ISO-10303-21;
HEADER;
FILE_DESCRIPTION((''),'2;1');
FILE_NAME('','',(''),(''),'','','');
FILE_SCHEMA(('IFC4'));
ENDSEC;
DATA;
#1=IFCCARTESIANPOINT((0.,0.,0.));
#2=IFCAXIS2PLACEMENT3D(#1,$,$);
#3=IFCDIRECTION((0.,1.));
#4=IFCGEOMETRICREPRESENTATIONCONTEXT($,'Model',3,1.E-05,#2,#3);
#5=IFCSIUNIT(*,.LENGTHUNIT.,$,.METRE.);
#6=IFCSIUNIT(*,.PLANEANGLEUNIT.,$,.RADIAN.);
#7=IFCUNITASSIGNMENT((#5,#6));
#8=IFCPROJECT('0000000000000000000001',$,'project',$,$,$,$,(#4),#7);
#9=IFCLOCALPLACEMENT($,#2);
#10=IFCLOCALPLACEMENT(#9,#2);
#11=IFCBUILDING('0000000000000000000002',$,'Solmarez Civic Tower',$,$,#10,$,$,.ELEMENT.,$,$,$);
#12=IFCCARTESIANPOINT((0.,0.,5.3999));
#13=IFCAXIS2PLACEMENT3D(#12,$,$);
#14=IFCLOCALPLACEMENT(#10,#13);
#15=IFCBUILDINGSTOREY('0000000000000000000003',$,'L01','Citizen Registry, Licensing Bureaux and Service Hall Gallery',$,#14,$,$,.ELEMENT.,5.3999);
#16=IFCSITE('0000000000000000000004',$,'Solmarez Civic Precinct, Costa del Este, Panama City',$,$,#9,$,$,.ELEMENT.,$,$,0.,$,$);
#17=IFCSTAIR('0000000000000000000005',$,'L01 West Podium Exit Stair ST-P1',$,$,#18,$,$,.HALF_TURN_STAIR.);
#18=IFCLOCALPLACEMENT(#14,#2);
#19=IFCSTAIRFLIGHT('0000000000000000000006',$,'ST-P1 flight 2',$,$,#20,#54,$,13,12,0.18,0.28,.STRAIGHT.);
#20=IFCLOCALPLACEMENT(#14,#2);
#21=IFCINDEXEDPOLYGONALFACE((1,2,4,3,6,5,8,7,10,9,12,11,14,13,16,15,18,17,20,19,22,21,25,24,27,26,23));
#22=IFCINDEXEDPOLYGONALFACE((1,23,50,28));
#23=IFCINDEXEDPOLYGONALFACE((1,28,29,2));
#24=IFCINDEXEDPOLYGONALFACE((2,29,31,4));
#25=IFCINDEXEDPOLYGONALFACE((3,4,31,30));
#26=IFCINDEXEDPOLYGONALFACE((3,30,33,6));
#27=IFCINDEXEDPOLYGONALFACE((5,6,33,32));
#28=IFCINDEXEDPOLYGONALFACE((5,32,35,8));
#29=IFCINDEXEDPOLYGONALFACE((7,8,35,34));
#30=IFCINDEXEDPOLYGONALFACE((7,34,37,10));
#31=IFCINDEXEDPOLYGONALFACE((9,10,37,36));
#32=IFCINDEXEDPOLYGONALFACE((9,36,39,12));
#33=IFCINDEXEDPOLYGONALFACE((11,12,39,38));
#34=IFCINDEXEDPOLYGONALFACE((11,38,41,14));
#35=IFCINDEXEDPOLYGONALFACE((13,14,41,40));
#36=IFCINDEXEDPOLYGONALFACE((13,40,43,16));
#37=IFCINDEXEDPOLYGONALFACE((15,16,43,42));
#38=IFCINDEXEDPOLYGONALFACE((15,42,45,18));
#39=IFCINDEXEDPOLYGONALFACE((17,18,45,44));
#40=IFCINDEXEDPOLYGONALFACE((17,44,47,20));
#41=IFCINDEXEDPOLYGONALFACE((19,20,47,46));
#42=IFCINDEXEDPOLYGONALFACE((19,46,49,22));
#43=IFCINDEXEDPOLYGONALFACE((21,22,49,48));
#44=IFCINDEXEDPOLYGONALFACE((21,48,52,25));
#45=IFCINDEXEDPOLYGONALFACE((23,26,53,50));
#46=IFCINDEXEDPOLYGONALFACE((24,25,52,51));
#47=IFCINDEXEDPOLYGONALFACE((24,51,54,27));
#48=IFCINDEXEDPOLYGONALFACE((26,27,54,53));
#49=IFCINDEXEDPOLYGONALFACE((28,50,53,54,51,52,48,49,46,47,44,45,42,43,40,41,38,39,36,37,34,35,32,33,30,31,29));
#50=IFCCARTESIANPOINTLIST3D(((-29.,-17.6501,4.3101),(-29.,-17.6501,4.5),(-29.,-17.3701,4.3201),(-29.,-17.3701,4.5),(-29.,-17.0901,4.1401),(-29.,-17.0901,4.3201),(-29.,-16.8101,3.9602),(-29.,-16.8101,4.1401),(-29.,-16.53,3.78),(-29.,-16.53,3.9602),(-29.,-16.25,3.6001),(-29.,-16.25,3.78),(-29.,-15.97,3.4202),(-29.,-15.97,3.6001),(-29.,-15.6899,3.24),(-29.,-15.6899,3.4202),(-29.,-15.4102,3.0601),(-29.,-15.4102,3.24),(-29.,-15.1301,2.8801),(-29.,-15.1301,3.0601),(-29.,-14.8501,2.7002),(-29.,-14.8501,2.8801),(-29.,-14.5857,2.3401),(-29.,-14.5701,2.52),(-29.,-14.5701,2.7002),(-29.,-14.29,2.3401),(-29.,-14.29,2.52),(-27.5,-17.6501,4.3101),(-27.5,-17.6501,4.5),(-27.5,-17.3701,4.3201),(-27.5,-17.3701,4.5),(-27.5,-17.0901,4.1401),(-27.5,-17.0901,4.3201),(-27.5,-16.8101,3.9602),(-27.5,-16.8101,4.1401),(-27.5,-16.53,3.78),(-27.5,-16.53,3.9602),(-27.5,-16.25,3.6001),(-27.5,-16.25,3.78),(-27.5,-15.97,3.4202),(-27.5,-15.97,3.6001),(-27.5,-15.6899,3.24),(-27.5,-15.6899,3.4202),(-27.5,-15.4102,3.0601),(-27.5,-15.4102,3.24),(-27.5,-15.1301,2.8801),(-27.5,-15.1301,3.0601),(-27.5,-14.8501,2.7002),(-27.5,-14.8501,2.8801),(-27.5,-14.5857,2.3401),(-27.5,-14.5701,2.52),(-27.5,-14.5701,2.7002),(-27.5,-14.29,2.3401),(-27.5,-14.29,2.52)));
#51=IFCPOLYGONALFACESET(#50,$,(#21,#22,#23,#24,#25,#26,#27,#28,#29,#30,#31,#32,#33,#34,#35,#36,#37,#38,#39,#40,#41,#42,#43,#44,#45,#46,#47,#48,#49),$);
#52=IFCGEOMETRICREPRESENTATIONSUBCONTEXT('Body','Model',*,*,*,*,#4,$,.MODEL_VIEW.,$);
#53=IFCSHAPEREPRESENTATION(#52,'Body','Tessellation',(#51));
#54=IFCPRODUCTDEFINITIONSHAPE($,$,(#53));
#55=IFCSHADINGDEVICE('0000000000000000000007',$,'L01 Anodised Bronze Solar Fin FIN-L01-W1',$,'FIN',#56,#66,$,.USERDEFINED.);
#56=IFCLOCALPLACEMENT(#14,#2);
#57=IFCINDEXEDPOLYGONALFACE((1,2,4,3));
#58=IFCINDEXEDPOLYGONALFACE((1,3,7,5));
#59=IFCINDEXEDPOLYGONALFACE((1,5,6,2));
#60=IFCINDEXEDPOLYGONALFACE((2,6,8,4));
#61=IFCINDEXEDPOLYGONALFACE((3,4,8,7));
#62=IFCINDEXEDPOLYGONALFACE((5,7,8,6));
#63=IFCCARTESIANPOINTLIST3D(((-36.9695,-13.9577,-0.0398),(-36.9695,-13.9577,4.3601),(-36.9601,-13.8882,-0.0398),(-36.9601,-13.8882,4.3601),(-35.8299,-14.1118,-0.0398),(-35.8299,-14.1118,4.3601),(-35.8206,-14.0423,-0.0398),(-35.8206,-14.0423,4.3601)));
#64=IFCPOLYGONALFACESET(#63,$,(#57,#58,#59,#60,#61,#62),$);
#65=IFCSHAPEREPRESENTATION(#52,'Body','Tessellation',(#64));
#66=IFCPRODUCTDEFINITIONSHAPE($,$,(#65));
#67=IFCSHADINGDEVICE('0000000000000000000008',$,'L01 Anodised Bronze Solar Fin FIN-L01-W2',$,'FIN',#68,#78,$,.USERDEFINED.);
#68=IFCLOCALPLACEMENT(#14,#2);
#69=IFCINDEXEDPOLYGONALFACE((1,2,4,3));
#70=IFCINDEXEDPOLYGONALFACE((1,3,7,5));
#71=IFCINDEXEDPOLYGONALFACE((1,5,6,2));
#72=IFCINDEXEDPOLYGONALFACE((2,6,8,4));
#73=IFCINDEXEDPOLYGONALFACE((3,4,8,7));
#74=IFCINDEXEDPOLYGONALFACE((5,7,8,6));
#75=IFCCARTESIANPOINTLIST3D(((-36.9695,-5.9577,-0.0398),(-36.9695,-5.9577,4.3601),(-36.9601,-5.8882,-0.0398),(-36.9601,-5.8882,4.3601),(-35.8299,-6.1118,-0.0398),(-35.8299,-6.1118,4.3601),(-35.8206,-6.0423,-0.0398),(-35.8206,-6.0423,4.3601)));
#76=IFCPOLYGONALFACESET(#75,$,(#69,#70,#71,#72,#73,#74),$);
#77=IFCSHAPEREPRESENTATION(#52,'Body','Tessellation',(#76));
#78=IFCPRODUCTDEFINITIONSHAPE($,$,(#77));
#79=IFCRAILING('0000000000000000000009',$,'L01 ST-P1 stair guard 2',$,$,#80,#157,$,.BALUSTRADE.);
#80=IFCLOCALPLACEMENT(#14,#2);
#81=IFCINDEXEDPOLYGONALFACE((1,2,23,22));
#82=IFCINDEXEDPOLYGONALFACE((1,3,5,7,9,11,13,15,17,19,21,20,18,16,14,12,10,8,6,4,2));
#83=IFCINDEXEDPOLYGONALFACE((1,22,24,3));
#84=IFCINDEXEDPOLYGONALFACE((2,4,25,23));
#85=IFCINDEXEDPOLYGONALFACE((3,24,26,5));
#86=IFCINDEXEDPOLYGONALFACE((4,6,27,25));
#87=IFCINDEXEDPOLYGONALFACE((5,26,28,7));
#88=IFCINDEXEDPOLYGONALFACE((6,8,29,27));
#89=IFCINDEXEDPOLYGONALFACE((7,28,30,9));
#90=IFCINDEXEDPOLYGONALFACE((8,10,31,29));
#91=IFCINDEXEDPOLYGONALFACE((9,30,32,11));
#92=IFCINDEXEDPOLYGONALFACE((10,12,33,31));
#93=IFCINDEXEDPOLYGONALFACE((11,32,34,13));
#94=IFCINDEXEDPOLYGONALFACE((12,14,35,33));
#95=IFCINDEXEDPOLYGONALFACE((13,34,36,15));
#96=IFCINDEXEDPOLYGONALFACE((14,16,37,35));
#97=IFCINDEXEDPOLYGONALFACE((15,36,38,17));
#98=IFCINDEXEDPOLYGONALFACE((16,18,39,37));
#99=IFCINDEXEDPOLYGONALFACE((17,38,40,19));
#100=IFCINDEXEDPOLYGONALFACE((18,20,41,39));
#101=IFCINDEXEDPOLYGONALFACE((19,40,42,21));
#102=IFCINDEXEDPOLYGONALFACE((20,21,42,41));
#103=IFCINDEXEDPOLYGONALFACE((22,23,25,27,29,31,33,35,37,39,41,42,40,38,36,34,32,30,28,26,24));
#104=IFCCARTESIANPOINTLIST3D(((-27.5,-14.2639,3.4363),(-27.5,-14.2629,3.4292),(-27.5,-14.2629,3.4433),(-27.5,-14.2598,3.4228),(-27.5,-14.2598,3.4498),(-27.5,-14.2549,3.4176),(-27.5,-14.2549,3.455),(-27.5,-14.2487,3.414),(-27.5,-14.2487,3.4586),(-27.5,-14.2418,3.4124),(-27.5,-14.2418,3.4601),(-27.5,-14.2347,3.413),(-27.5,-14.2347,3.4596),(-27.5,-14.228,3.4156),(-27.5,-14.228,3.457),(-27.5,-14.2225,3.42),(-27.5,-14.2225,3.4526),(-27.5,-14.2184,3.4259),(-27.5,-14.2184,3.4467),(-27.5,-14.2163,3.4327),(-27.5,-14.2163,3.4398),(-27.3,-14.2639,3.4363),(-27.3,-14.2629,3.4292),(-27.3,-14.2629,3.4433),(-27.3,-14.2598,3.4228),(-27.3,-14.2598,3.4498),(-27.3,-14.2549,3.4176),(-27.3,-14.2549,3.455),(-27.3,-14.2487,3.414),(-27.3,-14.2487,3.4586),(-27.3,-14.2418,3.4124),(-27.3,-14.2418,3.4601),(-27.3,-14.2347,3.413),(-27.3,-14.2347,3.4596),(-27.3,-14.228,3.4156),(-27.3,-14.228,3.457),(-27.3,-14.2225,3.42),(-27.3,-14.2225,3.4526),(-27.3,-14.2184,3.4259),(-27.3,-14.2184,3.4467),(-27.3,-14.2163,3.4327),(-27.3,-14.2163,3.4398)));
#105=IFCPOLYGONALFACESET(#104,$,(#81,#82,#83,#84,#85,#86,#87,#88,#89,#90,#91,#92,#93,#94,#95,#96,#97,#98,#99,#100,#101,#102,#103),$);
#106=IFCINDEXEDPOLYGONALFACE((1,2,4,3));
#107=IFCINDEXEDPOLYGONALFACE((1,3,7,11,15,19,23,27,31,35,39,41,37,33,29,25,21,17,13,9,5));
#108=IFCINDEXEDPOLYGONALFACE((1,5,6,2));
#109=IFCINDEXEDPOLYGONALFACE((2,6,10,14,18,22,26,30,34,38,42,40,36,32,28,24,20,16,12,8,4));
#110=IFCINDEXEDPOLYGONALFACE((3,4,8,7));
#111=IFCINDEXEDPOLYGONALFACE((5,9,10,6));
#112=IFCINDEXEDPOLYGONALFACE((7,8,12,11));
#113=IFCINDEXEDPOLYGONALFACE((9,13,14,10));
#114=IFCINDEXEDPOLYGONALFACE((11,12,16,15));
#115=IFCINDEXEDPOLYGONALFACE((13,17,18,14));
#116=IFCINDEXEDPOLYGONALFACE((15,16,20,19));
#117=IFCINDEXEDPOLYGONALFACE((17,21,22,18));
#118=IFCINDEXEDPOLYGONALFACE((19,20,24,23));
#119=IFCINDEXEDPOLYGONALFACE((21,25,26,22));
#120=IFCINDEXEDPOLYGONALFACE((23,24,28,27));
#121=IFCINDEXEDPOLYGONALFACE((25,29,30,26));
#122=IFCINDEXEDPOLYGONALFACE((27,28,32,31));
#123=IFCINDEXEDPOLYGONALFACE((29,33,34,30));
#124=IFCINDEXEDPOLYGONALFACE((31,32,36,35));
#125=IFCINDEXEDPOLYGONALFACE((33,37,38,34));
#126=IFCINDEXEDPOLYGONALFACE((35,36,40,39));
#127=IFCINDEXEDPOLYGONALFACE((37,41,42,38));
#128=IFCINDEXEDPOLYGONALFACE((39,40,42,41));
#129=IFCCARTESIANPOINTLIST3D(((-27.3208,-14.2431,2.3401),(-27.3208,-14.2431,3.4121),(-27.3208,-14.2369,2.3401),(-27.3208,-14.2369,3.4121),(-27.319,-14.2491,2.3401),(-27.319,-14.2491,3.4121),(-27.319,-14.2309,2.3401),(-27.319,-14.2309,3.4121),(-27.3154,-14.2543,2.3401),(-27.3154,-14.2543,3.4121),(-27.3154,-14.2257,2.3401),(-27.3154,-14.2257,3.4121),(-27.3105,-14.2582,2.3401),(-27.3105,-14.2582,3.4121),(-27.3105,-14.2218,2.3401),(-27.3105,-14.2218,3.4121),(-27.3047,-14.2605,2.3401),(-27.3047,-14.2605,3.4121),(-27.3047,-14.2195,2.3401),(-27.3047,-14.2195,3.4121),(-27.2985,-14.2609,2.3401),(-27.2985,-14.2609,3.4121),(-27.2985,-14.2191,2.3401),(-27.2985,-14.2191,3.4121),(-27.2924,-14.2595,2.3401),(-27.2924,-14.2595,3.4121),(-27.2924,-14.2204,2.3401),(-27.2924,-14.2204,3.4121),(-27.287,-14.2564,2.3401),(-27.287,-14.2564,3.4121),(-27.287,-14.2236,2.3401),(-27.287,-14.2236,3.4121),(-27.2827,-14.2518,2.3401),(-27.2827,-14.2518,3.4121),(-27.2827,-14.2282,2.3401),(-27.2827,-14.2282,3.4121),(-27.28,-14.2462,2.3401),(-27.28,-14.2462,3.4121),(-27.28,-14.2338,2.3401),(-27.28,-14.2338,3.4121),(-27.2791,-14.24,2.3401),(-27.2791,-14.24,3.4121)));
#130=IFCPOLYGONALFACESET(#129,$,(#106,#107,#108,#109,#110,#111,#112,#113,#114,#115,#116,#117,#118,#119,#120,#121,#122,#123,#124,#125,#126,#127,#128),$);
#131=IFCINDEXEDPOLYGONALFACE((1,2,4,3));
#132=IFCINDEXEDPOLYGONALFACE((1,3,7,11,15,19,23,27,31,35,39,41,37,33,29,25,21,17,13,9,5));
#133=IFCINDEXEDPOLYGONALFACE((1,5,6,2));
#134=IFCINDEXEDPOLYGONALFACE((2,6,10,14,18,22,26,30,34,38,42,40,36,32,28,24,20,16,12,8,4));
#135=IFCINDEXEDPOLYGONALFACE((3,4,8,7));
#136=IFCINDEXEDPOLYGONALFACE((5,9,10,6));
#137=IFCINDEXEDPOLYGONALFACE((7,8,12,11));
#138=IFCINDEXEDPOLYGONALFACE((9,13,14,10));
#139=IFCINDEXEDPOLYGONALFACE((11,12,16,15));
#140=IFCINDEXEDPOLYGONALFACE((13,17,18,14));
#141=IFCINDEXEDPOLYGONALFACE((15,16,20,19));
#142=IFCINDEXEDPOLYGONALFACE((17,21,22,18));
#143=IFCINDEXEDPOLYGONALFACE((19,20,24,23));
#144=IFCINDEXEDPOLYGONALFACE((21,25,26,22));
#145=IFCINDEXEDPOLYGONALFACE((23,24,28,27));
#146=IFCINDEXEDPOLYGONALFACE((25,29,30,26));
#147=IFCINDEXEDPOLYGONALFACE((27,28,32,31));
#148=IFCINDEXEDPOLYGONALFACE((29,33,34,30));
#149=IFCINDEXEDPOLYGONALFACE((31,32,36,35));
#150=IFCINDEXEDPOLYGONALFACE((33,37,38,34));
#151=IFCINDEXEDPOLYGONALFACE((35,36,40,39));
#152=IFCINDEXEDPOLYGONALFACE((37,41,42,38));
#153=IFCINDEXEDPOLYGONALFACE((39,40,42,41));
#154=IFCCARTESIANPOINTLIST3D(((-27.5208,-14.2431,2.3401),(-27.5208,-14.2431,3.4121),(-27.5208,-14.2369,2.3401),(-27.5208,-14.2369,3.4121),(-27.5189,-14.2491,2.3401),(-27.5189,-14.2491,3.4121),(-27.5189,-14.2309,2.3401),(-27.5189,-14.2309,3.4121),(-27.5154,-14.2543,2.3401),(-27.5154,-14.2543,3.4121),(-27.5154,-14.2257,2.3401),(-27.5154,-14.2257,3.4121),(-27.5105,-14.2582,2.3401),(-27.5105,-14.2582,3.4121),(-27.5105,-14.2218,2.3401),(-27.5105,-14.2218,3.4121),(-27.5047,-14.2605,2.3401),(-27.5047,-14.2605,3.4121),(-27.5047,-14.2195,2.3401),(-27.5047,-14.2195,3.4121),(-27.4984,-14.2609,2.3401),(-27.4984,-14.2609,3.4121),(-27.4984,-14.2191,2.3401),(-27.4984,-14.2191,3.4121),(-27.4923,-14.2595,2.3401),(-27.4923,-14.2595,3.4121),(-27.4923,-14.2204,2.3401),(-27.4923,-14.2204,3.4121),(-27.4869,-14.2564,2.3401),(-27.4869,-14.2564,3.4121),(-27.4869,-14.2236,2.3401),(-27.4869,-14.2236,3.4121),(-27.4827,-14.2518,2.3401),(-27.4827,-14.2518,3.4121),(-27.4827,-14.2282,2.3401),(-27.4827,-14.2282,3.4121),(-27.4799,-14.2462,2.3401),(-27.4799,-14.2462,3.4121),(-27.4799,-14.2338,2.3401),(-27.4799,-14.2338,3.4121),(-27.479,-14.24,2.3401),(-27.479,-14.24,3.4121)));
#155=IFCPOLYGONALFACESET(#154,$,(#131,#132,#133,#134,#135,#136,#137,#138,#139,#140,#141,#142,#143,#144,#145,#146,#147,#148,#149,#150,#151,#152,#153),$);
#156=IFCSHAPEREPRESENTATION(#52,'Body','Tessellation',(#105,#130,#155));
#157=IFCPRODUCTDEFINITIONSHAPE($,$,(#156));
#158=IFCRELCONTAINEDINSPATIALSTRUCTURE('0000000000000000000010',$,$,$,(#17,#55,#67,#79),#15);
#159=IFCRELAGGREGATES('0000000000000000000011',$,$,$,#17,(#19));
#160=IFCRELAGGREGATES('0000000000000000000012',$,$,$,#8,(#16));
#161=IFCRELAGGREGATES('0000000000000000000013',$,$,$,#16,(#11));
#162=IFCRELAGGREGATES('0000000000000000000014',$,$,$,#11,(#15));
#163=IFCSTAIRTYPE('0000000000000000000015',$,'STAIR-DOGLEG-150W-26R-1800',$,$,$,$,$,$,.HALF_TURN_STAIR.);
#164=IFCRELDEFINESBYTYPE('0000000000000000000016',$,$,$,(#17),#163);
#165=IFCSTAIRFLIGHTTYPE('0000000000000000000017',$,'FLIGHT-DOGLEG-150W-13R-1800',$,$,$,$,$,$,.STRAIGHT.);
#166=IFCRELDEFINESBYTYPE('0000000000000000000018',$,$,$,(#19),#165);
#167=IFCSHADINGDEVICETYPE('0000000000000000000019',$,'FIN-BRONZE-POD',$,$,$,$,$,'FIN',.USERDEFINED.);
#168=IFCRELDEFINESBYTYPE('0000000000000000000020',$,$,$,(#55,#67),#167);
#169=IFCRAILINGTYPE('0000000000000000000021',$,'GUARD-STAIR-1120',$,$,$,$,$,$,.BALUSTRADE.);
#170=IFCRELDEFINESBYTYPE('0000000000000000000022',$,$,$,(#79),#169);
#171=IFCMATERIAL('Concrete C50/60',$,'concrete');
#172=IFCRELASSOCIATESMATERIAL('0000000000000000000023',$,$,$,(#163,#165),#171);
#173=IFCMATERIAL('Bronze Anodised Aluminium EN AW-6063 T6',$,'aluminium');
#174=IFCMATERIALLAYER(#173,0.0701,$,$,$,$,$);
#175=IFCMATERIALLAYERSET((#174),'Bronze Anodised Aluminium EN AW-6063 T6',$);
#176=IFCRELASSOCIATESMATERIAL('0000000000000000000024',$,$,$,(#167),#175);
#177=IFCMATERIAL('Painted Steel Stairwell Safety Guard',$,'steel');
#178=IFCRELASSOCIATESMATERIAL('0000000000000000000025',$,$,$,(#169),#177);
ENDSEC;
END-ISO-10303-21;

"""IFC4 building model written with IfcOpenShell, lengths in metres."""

from ifc_helpers import new_model, si_unit, direction, frame, origin, origin_2d, place, context, subcontext, project, spatial, polyline, rectangle, circle, outline, extrude, material, layer, layer_set, type_object, element, aggregate, save


model = new_model("IFC4")

# Units and contexts
model_context = context("Model", 3, precision=1e-05, world=origin(), true_north=direction((0.0, 1.0)))
body_context = subcontext(model_context, "Body", "Model", "MODEL_VIEW")
ifc_project = project(units=[si_unit("LENGTHUNIT", "METRE"), si_unit("PLANEANGLEUNIT", "RADIAN")], contexts=[model_context])

# Site, building, storey
site_placement = place(None, origin())
site = spatial("IfcSite", under=ifc_project, at=site_placement, Name="Solmarez Civic Precinct, Costa del Este, Panama City", CompositionType="ELEMENT", RefElevation=0.0)
building_placement = place(site_placement, origin())
building = spatial("IfcBuilding", under=site, at=building_placement, Name="Solmarez Civic Tower", CompositionType="ELEMENT")
storey_placement = place(building_placement, frame((0.0, 0.0, 5.3999)))
storey = spatial("IfcBuildingStorey", under=building, at=storey_placement, Name="L01", Description="Citizen Registry, Licensing Bureaux and Service Hall Gallery", CompositionType="ELEMENT", Elevation=5.3999)

# Shared definitions
ifc_material_1 = material(Name="Concrete C50/60", Category="concrete")

# Stair, stair flight
stair_type = type_object("IfcStairType", Name="STAIR-DOGLEG-150W-26R-1800", PredefinedType="HALF_TURN_STAIR", material=ifc_material_1)
stair_placement = place(storey_placement, origin())
stair = element("IfcStair", 1, at=stair_placement, inside=storey, type_object=stair_type, Name="L01 West Podium Exit Stair ST-P1", PredefinedType="HALF_TURN_STAIR")
stair_flight_type = type_object("IfcStairFlightType", Name="FLIGHT-DOGLEG-150W-13R-1800", PredefinedType="STRAIGHT", material=ifc_material_1)
stair_flight_placement = place(storey_placement, frame((-28.25, -14.29, 2.3401), z_axis=(0.0, 0.0, 1.0), x_axis=(0.0, -1.0, 0.0)))
stair_flight = element("IfcStairFlight", 2, at=stair_flight_placement, type_object=stair_flight_type, Name="ST-P1 flight 2", NumberOfRisers=13, NumberOfTreads=12, PredefinedType="STRAIGHT", RiserHeight=0.18, TreadLength=0.28, context=body_context, shape_type="SweptSolid", body=[
    extrude(outline(polyline([(0.0, 0.0), (0.0, 0.1799), (0.28, 0.1799), (0.28, 0.3601), (0.5601, 0.3601), (0.5601, 0.54), (0.8401, 0.54), (0.8401, 0.72), (1.1201, 0.72), (1.1201, 0.8999), (1.3999, 0.8999), (1.3999, 1.0801), (1.6799, 1.0801), (1.6799, 1.26), (1.96, 1.26), (1.96, 1.4399), (2.24, 1.4399), (2.24, 1.6201), (2.52, 1.6201), (2.52, 1.8), (2.8, 1.8), (2.8, 1.98), (3.0801, 1.98), (3.0801, 2.1599), (3.3601, 2.1599), (3.3601, 2.3401), (3.3601, 1.97), (0.2957, 0.0), (0.0, 0.0)])), frame((0.0, 0.75, 0.0), z_axis=(0.0, -1.0, 0.0), x_axis=(1.0, 0.0, 0.0)), (0.0, 0.0, 1.0), 1.5),
])
aggregate(stair, [stair_flight])

# Shading devices
ifc_material_2 = material(Name="Bronze Anodised Aluminium EN AW-6063 T6", Category="aluminium")
ifc_layer_1 = layer(ifc_material_2, 0.0701)
ifc_layer_set_1 = layer_set([ifc_layer_1], Name="Bronze Anodised Aluminium EN AW-6063 T6")
shading_device_type = type_object("IfcShadingDeviceType", Name="FIN-BRONZE-POD", ElementType="FIN", PredefinedType="USERDEFINED", material=ifc_layer_set_1)
for number, where, z_axis, x_axis, name in (
    (3, (-36.395, -14.0, -0.0398), (0.0, 0.0, 1.0), (-0.990983, 0.133986, 0.0), "L01 Anodised Bronze Solar Fin FIN-L01-W1"),
    (4, (-36.395, -6.0, -0.0398), (0.0, 0.0, 1.0), (-0.990983, 0.133986, 0.0), "L01 Anodised Bronze Solar Fin FIN-L01-W2"),
):
    element("IfcShadingDevice", number, at=place(storey_placement, frame(where, z_axis=z_axis, x_axis=x_axis)), inside=storey, type_object=shading_device_type, Name=name, ObjectType="FIN", PredefinedType="USERDEFINED", context=body_context, shape_type="SweptSolid", body=[
        extrude(rectangle(XDim=1.1499, YDim=0.0701, at=origin_2d()), origin(), (0.0, 0.0, 1.0), 4.3999),
    ])

# Railing
ifc_material_3 = material(Name="Painted Steel Stairwell Safety Guard", Category="steel")
railing_type_1 = type_object("IfcRailingType", Name="GUARD-STAIR-1120", PredefinedType="BALUSTRADE", material=ifc_material_3)
railing_1_placement = place(storey_placement, frame((-27.3, -14.24, 2.3401)))
element("IfcRailing", 5, at=railing_1_placement, inside=storey, type_object=railing_type_1, Name="L01 ST-P1 stair guard 2", PredefinedType="BALUSTRADE", context=body_context, shape_type="SweptSolid", body=[
    extrude(circle(Radius=0.0239, at=origin_2d()), frame((0.0, 0.0, 1.0962), z_axis=(-1.0, 0.0, 0.0), x_axis=(0.0, -1.0, 0.0)), (0.0, 0.0, 1.0), 0.2),
    extrude(circle(Radius=0.021, at=origin_2d()), origin(), (0.0, 0.0, 1.0), 1.072),
    extrude(circle(Radius=0.021, at=origin_2d()), frame((-0.2, 0.0, 0.0)), (0.0, 0.0, 1.0), 1.072),
])

save(model, "model.ifc")
